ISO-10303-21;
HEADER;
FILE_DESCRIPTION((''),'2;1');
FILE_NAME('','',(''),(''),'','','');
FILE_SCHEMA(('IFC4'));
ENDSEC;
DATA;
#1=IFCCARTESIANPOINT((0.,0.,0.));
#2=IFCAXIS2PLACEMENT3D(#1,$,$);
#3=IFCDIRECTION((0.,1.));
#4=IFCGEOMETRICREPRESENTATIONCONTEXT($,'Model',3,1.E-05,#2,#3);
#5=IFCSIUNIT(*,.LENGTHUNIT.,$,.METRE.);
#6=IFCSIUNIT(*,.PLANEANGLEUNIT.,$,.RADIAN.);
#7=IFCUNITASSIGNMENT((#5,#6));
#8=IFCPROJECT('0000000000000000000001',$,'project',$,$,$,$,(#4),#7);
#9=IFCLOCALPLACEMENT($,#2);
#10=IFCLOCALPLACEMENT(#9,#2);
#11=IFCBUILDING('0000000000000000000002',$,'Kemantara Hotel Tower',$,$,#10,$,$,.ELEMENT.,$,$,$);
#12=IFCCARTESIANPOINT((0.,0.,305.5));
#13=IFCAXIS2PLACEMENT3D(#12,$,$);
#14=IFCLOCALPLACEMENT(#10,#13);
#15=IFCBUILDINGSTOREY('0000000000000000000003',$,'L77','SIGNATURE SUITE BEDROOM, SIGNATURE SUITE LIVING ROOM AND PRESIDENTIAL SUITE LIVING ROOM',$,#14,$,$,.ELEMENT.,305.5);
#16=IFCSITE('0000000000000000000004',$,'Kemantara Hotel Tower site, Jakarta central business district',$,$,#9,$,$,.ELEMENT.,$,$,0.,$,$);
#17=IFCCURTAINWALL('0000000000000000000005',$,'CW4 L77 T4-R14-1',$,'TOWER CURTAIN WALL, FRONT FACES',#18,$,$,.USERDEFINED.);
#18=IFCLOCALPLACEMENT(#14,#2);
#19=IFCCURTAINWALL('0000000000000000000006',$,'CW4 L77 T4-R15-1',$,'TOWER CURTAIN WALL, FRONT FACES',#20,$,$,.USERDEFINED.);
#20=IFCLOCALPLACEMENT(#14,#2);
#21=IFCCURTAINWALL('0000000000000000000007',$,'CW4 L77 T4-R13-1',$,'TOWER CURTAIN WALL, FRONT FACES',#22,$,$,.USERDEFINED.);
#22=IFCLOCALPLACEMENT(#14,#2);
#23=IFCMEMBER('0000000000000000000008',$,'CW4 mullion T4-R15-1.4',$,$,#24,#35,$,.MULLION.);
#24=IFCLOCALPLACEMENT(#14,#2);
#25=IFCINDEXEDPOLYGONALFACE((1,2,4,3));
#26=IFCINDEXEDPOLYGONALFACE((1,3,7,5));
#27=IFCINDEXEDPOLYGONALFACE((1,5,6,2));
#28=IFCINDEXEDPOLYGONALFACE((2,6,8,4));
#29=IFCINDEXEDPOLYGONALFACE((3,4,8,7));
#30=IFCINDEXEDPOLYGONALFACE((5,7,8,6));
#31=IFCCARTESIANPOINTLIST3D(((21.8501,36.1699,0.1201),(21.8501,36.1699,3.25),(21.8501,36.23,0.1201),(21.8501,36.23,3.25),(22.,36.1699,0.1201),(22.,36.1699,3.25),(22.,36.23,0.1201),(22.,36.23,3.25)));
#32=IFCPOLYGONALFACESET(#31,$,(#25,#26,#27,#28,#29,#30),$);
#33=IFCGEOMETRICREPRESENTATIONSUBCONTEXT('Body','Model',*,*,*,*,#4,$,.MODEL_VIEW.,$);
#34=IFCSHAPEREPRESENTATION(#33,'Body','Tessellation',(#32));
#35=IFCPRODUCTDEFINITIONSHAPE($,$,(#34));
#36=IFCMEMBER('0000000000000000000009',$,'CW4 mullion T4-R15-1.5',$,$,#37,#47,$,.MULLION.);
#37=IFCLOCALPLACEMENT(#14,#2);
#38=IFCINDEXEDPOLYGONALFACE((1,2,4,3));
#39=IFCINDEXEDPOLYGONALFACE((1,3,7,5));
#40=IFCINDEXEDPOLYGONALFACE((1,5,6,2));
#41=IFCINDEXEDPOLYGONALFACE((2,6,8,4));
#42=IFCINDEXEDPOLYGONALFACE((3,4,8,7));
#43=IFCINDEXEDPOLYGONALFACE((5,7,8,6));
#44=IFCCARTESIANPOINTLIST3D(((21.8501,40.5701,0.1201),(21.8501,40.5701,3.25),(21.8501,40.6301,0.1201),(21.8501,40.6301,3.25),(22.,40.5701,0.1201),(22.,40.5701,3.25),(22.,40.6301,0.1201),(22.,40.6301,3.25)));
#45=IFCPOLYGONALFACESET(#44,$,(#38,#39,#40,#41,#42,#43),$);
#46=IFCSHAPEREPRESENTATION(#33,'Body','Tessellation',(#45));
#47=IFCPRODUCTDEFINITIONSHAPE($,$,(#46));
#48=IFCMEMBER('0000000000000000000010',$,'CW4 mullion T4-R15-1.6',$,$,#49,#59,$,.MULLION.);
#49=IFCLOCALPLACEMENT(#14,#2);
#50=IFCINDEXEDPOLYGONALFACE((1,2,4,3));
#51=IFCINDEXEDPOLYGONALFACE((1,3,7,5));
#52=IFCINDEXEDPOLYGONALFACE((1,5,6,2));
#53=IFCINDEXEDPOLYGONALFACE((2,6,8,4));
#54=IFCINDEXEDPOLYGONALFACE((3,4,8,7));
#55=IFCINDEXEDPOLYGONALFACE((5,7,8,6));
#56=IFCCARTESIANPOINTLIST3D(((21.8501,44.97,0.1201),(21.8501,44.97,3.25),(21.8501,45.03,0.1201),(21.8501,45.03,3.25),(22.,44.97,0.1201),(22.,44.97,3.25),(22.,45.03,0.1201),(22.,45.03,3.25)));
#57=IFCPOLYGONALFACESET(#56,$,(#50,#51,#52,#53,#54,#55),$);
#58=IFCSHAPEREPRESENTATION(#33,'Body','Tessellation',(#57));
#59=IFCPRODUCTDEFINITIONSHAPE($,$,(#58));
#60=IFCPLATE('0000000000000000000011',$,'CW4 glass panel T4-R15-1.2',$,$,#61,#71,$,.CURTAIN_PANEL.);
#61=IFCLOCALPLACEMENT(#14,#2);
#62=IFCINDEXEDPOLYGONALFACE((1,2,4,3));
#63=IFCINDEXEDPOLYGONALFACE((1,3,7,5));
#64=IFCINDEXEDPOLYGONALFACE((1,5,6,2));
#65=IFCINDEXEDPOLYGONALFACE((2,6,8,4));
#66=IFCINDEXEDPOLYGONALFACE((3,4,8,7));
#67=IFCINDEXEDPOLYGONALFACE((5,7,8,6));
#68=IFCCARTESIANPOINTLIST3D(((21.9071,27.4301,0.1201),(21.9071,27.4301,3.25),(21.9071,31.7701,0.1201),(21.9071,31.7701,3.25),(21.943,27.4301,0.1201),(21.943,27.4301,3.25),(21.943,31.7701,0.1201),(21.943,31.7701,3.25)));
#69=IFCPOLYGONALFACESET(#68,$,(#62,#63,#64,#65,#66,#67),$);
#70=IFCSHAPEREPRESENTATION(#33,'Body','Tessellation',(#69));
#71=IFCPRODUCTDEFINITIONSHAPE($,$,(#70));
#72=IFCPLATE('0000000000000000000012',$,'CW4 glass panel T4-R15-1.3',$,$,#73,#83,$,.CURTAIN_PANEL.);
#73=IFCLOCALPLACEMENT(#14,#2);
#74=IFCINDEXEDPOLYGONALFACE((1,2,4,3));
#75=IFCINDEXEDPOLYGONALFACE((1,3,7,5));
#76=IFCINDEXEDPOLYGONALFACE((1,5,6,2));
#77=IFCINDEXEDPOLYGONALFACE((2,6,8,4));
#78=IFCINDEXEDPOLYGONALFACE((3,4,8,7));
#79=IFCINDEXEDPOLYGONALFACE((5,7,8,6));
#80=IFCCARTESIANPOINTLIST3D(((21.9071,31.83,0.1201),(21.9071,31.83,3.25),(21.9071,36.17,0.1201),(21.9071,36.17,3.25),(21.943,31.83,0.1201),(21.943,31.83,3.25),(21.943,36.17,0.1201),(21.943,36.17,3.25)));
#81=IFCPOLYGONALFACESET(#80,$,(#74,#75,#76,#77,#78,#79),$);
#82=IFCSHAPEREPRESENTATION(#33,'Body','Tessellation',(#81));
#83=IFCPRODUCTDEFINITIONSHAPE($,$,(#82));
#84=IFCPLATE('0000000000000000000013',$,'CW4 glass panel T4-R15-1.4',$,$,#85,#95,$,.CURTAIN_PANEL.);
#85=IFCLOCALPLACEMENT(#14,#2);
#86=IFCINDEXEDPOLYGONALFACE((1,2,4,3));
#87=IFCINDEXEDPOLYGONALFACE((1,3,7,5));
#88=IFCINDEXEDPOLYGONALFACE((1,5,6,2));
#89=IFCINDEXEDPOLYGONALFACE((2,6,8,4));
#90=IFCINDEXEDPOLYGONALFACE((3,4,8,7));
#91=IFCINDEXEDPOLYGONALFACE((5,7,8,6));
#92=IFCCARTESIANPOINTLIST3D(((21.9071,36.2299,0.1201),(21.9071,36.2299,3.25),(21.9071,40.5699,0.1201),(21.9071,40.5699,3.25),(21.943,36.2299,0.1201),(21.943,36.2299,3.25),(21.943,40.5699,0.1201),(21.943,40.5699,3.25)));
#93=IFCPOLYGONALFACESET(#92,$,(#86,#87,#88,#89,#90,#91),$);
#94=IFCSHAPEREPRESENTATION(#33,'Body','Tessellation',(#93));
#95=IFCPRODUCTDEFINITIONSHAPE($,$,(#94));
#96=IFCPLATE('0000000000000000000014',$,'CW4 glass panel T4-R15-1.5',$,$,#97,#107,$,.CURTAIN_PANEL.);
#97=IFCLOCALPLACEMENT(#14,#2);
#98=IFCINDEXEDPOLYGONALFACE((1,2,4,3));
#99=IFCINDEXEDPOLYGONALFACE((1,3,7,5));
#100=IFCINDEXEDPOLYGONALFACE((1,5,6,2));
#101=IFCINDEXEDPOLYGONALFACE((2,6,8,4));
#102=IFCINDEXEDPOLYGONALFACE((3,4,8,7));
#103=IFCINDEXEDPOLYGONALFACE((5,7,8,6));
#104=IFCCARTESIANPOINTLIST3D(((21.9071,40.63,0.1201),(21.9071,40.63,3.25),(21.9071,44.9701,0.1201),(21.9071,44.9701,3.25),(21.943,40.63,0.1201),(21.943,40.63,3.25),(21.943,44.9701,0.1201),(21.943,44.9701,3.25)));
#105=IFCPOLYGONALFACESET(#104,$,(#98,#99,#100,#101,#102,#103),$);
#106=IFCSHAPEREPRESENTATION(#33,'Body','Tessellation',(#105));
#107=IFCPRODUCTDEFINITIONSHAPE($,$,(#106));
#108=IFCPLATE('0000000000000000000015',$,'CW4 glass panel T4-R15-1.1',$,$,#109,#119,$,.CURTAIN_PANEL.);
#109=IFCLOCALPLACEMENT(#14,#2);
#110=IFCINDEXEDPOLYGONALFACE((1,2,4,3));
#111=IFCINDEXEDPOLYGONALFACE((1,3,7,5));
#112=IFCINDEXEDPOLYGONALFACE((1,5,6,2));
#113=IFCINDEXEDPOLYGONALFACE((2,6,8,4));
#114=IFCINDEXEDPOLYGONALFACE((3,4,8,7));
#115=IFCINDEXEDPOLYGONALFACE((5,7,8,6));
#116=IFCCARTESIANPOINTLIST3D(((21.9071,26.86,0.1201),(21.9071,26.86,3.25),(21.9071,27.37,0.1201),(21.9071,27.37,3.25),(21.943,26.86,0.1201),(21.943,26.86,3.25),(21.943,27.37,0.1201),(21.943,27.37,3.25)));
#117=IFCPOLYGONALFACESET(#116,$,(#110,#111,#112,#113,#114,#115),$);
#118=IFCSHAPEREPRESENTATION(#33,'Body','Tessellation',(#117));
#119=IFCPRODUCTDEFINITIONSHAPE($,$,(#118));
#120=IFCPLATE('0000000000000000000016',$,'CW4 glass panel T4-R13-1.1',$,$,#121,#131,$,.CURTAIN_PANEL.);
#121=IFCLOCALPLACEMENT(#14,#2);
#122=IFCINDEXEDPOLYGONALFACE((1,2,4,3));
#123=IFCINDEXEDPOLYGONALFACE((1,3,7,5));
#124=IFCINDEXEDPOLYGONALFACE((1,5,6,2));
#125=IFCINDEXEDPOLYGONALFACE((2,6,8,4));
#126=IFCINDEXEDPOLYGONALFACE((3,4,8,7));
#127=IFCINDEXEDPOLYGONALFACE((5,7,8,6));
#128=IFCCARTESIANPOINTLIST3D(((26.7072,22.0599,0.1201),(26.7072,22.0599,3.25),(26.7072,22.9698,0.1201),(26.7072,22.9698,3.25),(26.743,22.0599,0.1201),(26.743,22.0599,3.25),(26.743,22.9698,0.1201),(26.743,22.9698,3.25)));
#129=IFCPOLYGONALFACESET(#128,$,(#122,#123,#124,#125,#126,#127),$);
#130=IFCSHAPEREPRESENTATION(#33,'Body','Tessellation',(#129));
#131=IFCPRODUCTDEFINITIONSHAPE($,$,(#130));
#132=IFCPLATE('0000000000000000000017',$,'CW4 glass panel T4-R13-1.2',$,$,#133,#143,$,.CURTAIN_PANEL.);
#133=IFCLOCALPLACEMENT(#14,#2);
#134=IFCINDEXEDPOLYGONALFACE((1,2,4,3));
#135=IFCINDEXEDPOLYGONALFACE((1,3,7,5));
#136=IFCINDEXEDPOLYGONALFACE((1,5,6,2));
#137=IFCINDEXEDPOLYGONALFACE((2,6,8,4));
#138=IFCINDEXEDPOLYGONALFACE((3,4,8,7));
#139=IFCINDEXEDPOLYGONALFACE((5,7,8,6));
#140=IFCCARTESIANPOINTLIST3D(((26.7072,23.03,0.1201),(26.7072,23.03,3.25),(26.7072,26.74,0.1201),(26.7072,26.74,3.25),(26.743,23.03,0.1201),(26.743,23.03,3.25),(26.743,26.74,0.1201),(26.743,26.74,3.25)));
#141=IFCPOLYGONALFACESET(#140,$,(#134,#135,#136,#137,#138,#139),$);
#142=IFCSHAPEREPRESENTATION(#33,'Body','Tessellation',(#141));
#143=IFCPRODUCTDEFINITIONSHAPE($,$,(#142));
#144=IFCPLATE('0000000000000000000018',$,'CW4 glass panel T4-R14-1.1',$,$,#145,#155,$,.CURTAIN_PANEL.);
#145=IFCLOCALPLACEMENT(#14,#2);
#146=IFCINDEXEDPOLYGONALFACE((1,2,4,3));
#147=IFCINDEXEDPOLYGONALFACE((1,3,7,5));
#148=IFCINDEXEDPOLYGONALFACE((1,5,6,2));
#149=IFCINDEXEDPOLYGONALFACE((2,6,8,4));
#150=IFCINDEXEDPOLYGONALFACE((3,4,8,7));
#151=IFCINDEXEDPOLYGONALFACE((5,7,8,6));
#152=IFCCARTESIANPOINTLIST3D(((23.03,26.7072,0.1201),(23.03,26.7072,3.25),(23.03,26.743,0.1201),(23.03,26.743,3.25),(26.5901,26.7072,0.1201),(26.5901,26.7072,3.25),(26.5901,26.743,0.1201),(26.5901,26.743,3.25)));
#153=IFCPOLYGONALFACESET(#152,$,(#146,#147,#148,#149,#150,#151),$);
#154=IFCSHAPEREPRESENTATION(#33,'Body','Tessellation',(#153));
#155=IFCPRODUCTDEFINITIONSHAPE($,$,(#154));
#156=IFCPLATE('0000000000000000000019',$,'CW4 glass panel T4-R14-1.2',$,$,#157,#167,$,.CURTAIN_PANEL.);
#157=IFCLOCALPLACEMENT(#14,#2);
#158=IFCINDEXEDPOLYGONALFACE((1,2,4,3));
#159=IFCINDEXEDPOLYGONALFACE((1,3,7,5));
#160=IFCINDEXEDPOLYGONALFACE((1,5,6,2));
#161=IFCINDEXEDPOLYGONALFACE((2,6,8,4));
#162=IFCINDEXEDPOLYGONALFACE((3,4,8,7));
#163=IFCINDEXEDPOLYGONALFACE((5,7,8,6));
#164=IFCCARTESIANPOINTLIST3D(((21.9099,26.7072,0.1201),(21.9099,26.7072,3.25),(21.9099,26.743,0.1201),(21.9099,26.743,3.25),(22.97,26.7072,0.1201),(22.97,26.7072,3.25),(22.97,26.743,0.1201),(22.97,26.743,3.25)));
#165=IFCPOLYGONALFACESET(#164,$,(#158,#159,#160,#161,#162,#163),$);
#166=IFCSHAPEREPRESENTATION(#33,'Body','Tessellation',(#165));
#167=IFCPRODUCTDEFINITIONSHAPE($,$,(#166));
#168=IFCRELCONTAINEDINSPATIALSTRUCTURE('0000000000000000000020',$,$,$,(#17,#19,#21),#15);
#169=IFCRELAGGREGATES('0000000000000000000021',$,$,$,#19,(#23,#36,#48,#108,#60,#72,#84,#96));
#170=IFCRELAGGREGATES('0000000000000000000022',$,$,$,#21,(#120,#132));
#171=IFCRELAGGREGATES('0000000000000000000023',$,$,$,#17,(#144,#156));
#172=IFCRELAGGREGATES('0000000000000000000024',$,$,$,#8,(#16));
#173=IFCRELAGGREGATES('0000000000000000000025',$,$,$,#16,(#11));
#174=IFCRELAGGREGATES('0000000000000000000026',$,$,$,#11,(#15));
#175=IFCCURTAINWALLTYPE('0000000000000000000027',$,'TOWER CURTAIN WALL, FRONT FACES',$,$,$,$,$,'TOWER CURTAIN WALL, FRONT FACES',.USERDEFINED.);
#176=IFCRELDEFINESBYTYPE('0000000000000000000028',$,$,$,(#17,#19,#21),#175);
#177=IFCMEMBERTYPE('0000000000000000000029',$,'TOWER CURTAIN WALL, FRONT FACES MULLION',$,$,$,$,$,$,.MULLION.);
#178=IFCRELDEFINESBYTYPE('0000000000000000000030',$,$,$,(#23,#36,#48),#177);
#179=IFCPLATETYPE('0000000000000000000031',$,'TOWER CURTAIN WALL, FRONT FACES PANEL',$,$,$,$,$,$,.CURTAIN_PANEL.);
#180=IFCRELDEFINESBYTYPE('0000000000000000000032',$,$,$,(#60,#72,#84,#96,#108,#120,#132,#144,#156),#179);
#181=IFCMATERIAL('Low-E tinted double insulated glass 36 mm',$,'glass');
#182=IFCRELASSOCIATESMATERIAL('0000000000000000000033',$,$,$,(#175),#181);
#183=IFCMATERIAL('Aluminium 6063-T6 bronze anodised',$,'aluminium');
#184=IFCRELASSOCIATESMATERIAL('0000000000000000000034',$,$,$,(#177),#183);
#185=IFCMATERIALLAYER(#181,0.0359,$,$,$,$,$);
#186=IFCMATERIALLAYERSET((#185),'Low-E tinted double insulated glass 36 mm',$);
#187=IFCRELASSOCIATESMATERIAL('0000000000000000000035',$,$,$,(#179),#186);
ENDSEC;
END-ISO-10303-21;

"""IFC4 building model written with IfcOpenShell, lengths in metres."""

from ifc_helpers import new_model, si_unit, direction, frame, origin, origin_2d, place, context, subcontext, project, spatial, rectangle, extrude, source, transform, mapped, material, layer, layer_set, material_profile, profile_set, type_object, element, aggregate, save


model = new_model("IFC4")

# Units and contexts
model_context = context("Model", 3, precision=1e-05, world=origin(), true_north=direction((0.0, 1.0)))
body_context = subcontext(model_context, "Body", "Model", "MODEL_VIEW")
ifc_project = project(units=[si_unit("LENGTHUNIT", "METRE"), si_unit("PLANEANGLEUNIT", "RADIAN")], contexts=[model_context])

# Site, building, storey
site_placement = place(None, origin())
site = spatial("IfcSite", under=ifc_project, at=site_placement, Name="Kemantara Hotel Tower site, Jakarta central business district", CompositionType="ELEMENT", RefElevation=0.0)
building_placement = place(site_placement, origin())
building = spatial("IfcBuilding", under=site, at=building_placement, Name="Kemantara Hotel Tower", CompositionType="ELEMENT")
storey_placement = place(building_placement, frame((0.0, 0.0, 305.5)))
storey = spatial("IfcBuildingStorey", under=building, at=storey_placement, Name="L77", Description="SIGNATURE SUITE BEDROOM, SIGNATURE SUITE LIVING ROOM AND PRESIDENTIAL SUITE LIVING ROOM", CompositionType="ELEMENT", Elevation=305.5)

# Curtain walls
ifc_material_1 = material(Name="Low-E tinted double insulated glass 36 mm", Category="glass")
curtain_wall_type = type_object("IfcCurtainWallType", Name="TOWER CURTAIN WALL, FRONT FACES", ElementType="TOWER CURTAIN WALL, FRONT FACES", PredefinedType="USERDEFINED", material=ifc_material_1)
curtain_wall_1_placement = place(storey_placement, origin())
curtain_wall_1 = element("IfcCurtainWall", 1, at=curtain_wall_1_placement, inside=storey, type_object=curtain_wall_type, Name="CW4 L77 T4-R14-1", ObjectType="TOWER CURTAIN WALL, FRONT FACES", PredefinedType="USERDEFINED")
ifc_material_2 = material(Name="Aluminium 6063-T6 bronze anodised", Category="aluminium")
curtain_wall_2_placement = place(storey_placement, origin())
curtain_wall_2 = element("IfcCurtainWall", 2, at=curtain_wall_2_placement, inside=storey, type_object=curtain_wall_type, Name="CW4 L77 T4-R15-1", ObjectType="TOWER CURTAIN WALL, FRONT FACES", PredefinedType="USERDEFINED")

# Curtain wall
curtain_wall_3_placement = place(storey_placement, origin())
curtain_wall_3 = element("IfcCurtainWall", 3, at=curtain_wall_3_placement, inside=storey, type_object=curtain_wall_type, Name="CW4 L77 T4-R13-1", ObjectType="TOWER CURTAIN WALL, FRONT FACES", PredefinedType="USERDEFINED")
ifc_material_profile_1 = material_profile(ifc_material_2, rectangle(XDim=0.1499, YDim=0.0601, at=origin_2d()), Name="TOWER CURTAIN WALL, FRONT FACES MULLION")
ifc_profile_set_1 = profile_set([ifc_material_profile_1], Name="Aluminium 6063-T6 bronze anodised")
member_type_1 = type_object("IfcMemberType", Name="TOWER CURTAIN WALL, FRONT FACES MULLION", PredefinedType="MULLION", material=ifc_profile_set_1)
shared_shape_1 = source(origin(), body_context, "Body", "SweptSolid", [
    extrude(rectangle(XDim=0.1499, YDim=0.0601, at=origin_2d()), origin(), (0.0, 0.0, 1.0), 3.1299),
])

# Members
member_1_placement = place(storey_placement, frame((21.925, 36.2, 0.1201), z_axis=(0.0, 0.0, 1.0), x_axis=(-1.0, 0.0, 0.0)))
member_1 = element("IfcMember", 4, at=member_1_placement, type_object=member_type_1, Name="CW4 mullion T4-R15-1.4", PredefinedType="MULLION", context=body_context, shape_type="MappedRepresentation", body=[
    mapped(shared_shape_1, transform((0.0, 0.0, 0.0))),
])
member_2_placement = place(storey_placement, frame((21.925, 40.6001, 0.1201), z_axis=(0.0, 0.0, 1.0), x_axis=(-1.0, 0.0, 0.0)))
member_2 = element("IfcMember", 5, at=member_2_placement, type_object=member_type_1, Name="CW4 mullion T4-R15-1.5", PredefinedType="MULLION", context=body_context, shape_type="MappedRepresentation", body=[
    mapped(shared_shape_1, transform((0.0, 0.0, 0.0))),
])
member_3_placement = place(storey_placement, frame((21.925, 45.0, 0.1201), z_axis=(0.0, 0.0, 1.0), x_axis=(-1.0, 0.0, 0.0)))
member_3 = element("IfcMember", 6, at=member_3_placement, type_object=member_type_1, Name="CW4 mullion T4-R15-1.6", PredefinedType="MULLION", context=body_context, shape_type="MappedRepresentation", body=[
    mapped(shared_shape_1, transform((0.0, 0.0, 0.0))),
])

# Plates
ifc_layer_1 = layer(ifc_material_1, 0.0359)
ifc_layer_set_1 = layer_set([ifc_layer_1], Name="Low-E tinted double insulated glass 36 mm")
plate_type = type_object("IfcPlateType", Name="TOWER CURTAIN WALL, FRONT FACES PANEL", PredefinedType="CURTAIN_PANEL", material=ifc_layer_set_1)
shared_shape_2 = source(origin(), body_context, "Body", "SweptSolid", [
    extrude(rectangle(XDim=4.3401, YDim=0.0359, at=origin_2d()), origin(), (0.0, 0.0, 1.0), 3.1299),
])
plate_1_placement = place(storey_placement, frame((21.925, 29.6001, 0.1201), z_axis=(0.0, 0.0, 1.0), x_axis=(0.0, 1.0, 0.0)))
plate_1 = element("IfcPlate", 7, at=plate_1_placement, type_object=plate_type, Name="CW4 glass panel T4-R15-1.2", PredefinedType="CURTAIN_PANEL", context=body_context, shape_type="MappedRepresentation", body=[
    mapped(shared_shape_2, transform((0.0, 0.0, 0.0))),
])
plate_2_placement = place(storey_placement, frame((21.925, 34.0, 0.1201), z_axis=(0.0, 0.0, 1.0), x_axis=(0.0, 1.0, 0.0)))
plate_2 = element("IfcPlate", 8, at=plate_2_placement, type_object=plate_type, Name="CW4 glass panel T4-R15-1.3", PredefinedType="CURTAIN_PANEL", context=body_context, shape_type="MappedRepresentation", body=[
    mapped(shared_shape_2, transform((0.0, 0.0, 0.0))),
])
plate_3_placement = place(storey_placement, frame((21.925, 38.3999, 0.1201), z_axis=(0.0, 0.0, 1.0), x_axis=(0.0, 1.0, 0.0)))
plate_3 = element("IfcPlate", 9, at=plate_3_placement, type_object=plate_type, Name="CW4 glass panel T4-R15-1.4", PredefinedType="CURTAIN_PANEL", context=body_context, shape_type="MappedRepresentation", body=[
    mapped(shared_shape_2, transform((0.0, 0.0, 0.0))),
])
plate_4_placement = place(storey_placement, frame((21.925, 42.8, 0.1201), z_axis=(0.0, 0.0, 1.0), x_axis=(0.0, 1.0, 0.0)))
plate_4 = element("IfcPlate", 10, at=plate_4_placement, type_object=plate_type, Name="CW4 glass panel T4-R15-1.5", PredefinedType="CURTAIN_PANEL", context=body_context, shape_type="MappedRepresentation", body=[
    mapped(shared_shape_2, transform((0.0, 0.0, 0.0))),
])
shared_shape_3 = source(origin(), body_context, "Body", "SweptSolid", [
    extrude(rectangle(XDim=0.51, YDim=0.0359, at=origin_2d()), origin(), (0.0, 0.0, 1.0), 3.1299),
])
plate_5_placement = place(storey_placement, frame((21.925, 27.115, 0.1201), z_axis=(0.0, 0.0, 1.0), x_axis=(0.0, 1.0, 0.0)))
plate_5 = element("IfcPlate", 11, at=plate_5_placement, type_object=plate_type, Name="CW4 glass panel T4-R15-1.1", PredefinedType="CURTAIN_PANEL", context=body_context, shape_type="MappedRepresentation", body=[
    mapped(shared_shape_3, transform((0.0, 0.0, 0.0))),
])
aggregate(curtain_wall_2, [member_1, member_2, member_3, plate_5, plate_1, plate_2, plate_3, plate_4])
shared_shape_4 = source(origin(), body_context, "Body", "SweptSolid", [
    extrude(rectangle(XDim=0.9099, YDim=0.0359, at=origin_2d()), origin(), (0.0, 0.0, 1.0), 3.1299),
])
plate_6_placement = place(storey_placement, frame((26.7251, 22.5149, 0.1201), z_axis=(0.0, 0.0, 1.0), x_axis=(0.0, 1.0, 0.0)))
plate_6 = element("IfcPlate", 12, at=plate_6_placement, type_object=plate_type, Name="CW4 glass panel T4-R13-1.1", PredefinedType="CURTAIN_PANEL", context=body_context, shape_type="MappedRepresentation", body=[
    mapped(shared_shape_4, transform((0.0, 0.0, 0.0))),
])
shared_shape_5 = source(origin(), body_context, "Body", "SweptSolid", [
    extrude(rectangle(XDim=3.71, YDim=0.0359, at=origin_2d()), origin(), (0.0, 0.0, 1.0), 3.1299),
])
plate_7_placement = place(storey_placement, frame((26.7251, 24.885, 0.1201), z_axis=(0.0, 0.0, 1.0), x_axis=(0.0, 1.0, 0.0)))
plate_7 = element("IfcPlate", 13, at=plate_7_placement, type_object=plate_type, Name="CW4 glass panel T4-R13-1.2", PredefinedType="CURTAIN_PANEL", context=body_context, shape_type="MappedRepresentation", body=[
    mapped(shared_shape_5, transform((0.0, 0.0, 0.0))),
])
aggregate(curtain_wall_3, [plate_6, plate_7])
shared_shape_6 = source(origin(), body_context, "Body", "SweptSolid", [
    extrude(rectangle(XDim=3.5601, YDim=0.0359, at=origin_2d()), origin(), (0.0, 0.0, 1.0), 3.1299),
])
plate_8_placement = place(storey_placement, frame((24.8101, 26.7251, 0.1201), z_axis=(0.0, 0.0, 1.0), x_axis=(-1.0, 0.0, 0.0)))
plate_8 = element("IfcPlate", 14, at=plate_8_placement, type_object=plate_type, Name="CW4 glass panel T4-R14-1.1", PredefinedType="CURTAIN_PANEL", context=body_context, shape_type="MappedRepresentation", body=[
    mapped(shared_shape_6, transform((0.0, 0.0, 0.0))),
])
shared_shape_7 = source(origin(), body_context, "Body", "SweptSolid", [
    extrude(rectangle(XDim=1.0601, YDim=0.0359, at=origin_2d()), origin(), (0.0, 0.0, 1.0), 3.1299),
])
plate_9_placement = place(storey_placement, frame((22.4399, 26.7251, 0.1201), z_axis=(0.0, 0.0, 1.0), x_axis=(-1.0, 0.0, 0.0)))
plate_9 = element("IfcPlate", 15, at=plate_9_placement, type_object=plate_type, Name="CW4 glass panel T4-R14-1.2", PredefinedType="CURTAIN_PANEL", context=body_context, shape_type="MappedRepresentation", body=[
    mapped(shared_shape_7, transform((0.0, 0.0, 0.0))),
])
aggregate(curtain_wall_1, [plate_8, plate_9])

save(model, "model.ifc")
